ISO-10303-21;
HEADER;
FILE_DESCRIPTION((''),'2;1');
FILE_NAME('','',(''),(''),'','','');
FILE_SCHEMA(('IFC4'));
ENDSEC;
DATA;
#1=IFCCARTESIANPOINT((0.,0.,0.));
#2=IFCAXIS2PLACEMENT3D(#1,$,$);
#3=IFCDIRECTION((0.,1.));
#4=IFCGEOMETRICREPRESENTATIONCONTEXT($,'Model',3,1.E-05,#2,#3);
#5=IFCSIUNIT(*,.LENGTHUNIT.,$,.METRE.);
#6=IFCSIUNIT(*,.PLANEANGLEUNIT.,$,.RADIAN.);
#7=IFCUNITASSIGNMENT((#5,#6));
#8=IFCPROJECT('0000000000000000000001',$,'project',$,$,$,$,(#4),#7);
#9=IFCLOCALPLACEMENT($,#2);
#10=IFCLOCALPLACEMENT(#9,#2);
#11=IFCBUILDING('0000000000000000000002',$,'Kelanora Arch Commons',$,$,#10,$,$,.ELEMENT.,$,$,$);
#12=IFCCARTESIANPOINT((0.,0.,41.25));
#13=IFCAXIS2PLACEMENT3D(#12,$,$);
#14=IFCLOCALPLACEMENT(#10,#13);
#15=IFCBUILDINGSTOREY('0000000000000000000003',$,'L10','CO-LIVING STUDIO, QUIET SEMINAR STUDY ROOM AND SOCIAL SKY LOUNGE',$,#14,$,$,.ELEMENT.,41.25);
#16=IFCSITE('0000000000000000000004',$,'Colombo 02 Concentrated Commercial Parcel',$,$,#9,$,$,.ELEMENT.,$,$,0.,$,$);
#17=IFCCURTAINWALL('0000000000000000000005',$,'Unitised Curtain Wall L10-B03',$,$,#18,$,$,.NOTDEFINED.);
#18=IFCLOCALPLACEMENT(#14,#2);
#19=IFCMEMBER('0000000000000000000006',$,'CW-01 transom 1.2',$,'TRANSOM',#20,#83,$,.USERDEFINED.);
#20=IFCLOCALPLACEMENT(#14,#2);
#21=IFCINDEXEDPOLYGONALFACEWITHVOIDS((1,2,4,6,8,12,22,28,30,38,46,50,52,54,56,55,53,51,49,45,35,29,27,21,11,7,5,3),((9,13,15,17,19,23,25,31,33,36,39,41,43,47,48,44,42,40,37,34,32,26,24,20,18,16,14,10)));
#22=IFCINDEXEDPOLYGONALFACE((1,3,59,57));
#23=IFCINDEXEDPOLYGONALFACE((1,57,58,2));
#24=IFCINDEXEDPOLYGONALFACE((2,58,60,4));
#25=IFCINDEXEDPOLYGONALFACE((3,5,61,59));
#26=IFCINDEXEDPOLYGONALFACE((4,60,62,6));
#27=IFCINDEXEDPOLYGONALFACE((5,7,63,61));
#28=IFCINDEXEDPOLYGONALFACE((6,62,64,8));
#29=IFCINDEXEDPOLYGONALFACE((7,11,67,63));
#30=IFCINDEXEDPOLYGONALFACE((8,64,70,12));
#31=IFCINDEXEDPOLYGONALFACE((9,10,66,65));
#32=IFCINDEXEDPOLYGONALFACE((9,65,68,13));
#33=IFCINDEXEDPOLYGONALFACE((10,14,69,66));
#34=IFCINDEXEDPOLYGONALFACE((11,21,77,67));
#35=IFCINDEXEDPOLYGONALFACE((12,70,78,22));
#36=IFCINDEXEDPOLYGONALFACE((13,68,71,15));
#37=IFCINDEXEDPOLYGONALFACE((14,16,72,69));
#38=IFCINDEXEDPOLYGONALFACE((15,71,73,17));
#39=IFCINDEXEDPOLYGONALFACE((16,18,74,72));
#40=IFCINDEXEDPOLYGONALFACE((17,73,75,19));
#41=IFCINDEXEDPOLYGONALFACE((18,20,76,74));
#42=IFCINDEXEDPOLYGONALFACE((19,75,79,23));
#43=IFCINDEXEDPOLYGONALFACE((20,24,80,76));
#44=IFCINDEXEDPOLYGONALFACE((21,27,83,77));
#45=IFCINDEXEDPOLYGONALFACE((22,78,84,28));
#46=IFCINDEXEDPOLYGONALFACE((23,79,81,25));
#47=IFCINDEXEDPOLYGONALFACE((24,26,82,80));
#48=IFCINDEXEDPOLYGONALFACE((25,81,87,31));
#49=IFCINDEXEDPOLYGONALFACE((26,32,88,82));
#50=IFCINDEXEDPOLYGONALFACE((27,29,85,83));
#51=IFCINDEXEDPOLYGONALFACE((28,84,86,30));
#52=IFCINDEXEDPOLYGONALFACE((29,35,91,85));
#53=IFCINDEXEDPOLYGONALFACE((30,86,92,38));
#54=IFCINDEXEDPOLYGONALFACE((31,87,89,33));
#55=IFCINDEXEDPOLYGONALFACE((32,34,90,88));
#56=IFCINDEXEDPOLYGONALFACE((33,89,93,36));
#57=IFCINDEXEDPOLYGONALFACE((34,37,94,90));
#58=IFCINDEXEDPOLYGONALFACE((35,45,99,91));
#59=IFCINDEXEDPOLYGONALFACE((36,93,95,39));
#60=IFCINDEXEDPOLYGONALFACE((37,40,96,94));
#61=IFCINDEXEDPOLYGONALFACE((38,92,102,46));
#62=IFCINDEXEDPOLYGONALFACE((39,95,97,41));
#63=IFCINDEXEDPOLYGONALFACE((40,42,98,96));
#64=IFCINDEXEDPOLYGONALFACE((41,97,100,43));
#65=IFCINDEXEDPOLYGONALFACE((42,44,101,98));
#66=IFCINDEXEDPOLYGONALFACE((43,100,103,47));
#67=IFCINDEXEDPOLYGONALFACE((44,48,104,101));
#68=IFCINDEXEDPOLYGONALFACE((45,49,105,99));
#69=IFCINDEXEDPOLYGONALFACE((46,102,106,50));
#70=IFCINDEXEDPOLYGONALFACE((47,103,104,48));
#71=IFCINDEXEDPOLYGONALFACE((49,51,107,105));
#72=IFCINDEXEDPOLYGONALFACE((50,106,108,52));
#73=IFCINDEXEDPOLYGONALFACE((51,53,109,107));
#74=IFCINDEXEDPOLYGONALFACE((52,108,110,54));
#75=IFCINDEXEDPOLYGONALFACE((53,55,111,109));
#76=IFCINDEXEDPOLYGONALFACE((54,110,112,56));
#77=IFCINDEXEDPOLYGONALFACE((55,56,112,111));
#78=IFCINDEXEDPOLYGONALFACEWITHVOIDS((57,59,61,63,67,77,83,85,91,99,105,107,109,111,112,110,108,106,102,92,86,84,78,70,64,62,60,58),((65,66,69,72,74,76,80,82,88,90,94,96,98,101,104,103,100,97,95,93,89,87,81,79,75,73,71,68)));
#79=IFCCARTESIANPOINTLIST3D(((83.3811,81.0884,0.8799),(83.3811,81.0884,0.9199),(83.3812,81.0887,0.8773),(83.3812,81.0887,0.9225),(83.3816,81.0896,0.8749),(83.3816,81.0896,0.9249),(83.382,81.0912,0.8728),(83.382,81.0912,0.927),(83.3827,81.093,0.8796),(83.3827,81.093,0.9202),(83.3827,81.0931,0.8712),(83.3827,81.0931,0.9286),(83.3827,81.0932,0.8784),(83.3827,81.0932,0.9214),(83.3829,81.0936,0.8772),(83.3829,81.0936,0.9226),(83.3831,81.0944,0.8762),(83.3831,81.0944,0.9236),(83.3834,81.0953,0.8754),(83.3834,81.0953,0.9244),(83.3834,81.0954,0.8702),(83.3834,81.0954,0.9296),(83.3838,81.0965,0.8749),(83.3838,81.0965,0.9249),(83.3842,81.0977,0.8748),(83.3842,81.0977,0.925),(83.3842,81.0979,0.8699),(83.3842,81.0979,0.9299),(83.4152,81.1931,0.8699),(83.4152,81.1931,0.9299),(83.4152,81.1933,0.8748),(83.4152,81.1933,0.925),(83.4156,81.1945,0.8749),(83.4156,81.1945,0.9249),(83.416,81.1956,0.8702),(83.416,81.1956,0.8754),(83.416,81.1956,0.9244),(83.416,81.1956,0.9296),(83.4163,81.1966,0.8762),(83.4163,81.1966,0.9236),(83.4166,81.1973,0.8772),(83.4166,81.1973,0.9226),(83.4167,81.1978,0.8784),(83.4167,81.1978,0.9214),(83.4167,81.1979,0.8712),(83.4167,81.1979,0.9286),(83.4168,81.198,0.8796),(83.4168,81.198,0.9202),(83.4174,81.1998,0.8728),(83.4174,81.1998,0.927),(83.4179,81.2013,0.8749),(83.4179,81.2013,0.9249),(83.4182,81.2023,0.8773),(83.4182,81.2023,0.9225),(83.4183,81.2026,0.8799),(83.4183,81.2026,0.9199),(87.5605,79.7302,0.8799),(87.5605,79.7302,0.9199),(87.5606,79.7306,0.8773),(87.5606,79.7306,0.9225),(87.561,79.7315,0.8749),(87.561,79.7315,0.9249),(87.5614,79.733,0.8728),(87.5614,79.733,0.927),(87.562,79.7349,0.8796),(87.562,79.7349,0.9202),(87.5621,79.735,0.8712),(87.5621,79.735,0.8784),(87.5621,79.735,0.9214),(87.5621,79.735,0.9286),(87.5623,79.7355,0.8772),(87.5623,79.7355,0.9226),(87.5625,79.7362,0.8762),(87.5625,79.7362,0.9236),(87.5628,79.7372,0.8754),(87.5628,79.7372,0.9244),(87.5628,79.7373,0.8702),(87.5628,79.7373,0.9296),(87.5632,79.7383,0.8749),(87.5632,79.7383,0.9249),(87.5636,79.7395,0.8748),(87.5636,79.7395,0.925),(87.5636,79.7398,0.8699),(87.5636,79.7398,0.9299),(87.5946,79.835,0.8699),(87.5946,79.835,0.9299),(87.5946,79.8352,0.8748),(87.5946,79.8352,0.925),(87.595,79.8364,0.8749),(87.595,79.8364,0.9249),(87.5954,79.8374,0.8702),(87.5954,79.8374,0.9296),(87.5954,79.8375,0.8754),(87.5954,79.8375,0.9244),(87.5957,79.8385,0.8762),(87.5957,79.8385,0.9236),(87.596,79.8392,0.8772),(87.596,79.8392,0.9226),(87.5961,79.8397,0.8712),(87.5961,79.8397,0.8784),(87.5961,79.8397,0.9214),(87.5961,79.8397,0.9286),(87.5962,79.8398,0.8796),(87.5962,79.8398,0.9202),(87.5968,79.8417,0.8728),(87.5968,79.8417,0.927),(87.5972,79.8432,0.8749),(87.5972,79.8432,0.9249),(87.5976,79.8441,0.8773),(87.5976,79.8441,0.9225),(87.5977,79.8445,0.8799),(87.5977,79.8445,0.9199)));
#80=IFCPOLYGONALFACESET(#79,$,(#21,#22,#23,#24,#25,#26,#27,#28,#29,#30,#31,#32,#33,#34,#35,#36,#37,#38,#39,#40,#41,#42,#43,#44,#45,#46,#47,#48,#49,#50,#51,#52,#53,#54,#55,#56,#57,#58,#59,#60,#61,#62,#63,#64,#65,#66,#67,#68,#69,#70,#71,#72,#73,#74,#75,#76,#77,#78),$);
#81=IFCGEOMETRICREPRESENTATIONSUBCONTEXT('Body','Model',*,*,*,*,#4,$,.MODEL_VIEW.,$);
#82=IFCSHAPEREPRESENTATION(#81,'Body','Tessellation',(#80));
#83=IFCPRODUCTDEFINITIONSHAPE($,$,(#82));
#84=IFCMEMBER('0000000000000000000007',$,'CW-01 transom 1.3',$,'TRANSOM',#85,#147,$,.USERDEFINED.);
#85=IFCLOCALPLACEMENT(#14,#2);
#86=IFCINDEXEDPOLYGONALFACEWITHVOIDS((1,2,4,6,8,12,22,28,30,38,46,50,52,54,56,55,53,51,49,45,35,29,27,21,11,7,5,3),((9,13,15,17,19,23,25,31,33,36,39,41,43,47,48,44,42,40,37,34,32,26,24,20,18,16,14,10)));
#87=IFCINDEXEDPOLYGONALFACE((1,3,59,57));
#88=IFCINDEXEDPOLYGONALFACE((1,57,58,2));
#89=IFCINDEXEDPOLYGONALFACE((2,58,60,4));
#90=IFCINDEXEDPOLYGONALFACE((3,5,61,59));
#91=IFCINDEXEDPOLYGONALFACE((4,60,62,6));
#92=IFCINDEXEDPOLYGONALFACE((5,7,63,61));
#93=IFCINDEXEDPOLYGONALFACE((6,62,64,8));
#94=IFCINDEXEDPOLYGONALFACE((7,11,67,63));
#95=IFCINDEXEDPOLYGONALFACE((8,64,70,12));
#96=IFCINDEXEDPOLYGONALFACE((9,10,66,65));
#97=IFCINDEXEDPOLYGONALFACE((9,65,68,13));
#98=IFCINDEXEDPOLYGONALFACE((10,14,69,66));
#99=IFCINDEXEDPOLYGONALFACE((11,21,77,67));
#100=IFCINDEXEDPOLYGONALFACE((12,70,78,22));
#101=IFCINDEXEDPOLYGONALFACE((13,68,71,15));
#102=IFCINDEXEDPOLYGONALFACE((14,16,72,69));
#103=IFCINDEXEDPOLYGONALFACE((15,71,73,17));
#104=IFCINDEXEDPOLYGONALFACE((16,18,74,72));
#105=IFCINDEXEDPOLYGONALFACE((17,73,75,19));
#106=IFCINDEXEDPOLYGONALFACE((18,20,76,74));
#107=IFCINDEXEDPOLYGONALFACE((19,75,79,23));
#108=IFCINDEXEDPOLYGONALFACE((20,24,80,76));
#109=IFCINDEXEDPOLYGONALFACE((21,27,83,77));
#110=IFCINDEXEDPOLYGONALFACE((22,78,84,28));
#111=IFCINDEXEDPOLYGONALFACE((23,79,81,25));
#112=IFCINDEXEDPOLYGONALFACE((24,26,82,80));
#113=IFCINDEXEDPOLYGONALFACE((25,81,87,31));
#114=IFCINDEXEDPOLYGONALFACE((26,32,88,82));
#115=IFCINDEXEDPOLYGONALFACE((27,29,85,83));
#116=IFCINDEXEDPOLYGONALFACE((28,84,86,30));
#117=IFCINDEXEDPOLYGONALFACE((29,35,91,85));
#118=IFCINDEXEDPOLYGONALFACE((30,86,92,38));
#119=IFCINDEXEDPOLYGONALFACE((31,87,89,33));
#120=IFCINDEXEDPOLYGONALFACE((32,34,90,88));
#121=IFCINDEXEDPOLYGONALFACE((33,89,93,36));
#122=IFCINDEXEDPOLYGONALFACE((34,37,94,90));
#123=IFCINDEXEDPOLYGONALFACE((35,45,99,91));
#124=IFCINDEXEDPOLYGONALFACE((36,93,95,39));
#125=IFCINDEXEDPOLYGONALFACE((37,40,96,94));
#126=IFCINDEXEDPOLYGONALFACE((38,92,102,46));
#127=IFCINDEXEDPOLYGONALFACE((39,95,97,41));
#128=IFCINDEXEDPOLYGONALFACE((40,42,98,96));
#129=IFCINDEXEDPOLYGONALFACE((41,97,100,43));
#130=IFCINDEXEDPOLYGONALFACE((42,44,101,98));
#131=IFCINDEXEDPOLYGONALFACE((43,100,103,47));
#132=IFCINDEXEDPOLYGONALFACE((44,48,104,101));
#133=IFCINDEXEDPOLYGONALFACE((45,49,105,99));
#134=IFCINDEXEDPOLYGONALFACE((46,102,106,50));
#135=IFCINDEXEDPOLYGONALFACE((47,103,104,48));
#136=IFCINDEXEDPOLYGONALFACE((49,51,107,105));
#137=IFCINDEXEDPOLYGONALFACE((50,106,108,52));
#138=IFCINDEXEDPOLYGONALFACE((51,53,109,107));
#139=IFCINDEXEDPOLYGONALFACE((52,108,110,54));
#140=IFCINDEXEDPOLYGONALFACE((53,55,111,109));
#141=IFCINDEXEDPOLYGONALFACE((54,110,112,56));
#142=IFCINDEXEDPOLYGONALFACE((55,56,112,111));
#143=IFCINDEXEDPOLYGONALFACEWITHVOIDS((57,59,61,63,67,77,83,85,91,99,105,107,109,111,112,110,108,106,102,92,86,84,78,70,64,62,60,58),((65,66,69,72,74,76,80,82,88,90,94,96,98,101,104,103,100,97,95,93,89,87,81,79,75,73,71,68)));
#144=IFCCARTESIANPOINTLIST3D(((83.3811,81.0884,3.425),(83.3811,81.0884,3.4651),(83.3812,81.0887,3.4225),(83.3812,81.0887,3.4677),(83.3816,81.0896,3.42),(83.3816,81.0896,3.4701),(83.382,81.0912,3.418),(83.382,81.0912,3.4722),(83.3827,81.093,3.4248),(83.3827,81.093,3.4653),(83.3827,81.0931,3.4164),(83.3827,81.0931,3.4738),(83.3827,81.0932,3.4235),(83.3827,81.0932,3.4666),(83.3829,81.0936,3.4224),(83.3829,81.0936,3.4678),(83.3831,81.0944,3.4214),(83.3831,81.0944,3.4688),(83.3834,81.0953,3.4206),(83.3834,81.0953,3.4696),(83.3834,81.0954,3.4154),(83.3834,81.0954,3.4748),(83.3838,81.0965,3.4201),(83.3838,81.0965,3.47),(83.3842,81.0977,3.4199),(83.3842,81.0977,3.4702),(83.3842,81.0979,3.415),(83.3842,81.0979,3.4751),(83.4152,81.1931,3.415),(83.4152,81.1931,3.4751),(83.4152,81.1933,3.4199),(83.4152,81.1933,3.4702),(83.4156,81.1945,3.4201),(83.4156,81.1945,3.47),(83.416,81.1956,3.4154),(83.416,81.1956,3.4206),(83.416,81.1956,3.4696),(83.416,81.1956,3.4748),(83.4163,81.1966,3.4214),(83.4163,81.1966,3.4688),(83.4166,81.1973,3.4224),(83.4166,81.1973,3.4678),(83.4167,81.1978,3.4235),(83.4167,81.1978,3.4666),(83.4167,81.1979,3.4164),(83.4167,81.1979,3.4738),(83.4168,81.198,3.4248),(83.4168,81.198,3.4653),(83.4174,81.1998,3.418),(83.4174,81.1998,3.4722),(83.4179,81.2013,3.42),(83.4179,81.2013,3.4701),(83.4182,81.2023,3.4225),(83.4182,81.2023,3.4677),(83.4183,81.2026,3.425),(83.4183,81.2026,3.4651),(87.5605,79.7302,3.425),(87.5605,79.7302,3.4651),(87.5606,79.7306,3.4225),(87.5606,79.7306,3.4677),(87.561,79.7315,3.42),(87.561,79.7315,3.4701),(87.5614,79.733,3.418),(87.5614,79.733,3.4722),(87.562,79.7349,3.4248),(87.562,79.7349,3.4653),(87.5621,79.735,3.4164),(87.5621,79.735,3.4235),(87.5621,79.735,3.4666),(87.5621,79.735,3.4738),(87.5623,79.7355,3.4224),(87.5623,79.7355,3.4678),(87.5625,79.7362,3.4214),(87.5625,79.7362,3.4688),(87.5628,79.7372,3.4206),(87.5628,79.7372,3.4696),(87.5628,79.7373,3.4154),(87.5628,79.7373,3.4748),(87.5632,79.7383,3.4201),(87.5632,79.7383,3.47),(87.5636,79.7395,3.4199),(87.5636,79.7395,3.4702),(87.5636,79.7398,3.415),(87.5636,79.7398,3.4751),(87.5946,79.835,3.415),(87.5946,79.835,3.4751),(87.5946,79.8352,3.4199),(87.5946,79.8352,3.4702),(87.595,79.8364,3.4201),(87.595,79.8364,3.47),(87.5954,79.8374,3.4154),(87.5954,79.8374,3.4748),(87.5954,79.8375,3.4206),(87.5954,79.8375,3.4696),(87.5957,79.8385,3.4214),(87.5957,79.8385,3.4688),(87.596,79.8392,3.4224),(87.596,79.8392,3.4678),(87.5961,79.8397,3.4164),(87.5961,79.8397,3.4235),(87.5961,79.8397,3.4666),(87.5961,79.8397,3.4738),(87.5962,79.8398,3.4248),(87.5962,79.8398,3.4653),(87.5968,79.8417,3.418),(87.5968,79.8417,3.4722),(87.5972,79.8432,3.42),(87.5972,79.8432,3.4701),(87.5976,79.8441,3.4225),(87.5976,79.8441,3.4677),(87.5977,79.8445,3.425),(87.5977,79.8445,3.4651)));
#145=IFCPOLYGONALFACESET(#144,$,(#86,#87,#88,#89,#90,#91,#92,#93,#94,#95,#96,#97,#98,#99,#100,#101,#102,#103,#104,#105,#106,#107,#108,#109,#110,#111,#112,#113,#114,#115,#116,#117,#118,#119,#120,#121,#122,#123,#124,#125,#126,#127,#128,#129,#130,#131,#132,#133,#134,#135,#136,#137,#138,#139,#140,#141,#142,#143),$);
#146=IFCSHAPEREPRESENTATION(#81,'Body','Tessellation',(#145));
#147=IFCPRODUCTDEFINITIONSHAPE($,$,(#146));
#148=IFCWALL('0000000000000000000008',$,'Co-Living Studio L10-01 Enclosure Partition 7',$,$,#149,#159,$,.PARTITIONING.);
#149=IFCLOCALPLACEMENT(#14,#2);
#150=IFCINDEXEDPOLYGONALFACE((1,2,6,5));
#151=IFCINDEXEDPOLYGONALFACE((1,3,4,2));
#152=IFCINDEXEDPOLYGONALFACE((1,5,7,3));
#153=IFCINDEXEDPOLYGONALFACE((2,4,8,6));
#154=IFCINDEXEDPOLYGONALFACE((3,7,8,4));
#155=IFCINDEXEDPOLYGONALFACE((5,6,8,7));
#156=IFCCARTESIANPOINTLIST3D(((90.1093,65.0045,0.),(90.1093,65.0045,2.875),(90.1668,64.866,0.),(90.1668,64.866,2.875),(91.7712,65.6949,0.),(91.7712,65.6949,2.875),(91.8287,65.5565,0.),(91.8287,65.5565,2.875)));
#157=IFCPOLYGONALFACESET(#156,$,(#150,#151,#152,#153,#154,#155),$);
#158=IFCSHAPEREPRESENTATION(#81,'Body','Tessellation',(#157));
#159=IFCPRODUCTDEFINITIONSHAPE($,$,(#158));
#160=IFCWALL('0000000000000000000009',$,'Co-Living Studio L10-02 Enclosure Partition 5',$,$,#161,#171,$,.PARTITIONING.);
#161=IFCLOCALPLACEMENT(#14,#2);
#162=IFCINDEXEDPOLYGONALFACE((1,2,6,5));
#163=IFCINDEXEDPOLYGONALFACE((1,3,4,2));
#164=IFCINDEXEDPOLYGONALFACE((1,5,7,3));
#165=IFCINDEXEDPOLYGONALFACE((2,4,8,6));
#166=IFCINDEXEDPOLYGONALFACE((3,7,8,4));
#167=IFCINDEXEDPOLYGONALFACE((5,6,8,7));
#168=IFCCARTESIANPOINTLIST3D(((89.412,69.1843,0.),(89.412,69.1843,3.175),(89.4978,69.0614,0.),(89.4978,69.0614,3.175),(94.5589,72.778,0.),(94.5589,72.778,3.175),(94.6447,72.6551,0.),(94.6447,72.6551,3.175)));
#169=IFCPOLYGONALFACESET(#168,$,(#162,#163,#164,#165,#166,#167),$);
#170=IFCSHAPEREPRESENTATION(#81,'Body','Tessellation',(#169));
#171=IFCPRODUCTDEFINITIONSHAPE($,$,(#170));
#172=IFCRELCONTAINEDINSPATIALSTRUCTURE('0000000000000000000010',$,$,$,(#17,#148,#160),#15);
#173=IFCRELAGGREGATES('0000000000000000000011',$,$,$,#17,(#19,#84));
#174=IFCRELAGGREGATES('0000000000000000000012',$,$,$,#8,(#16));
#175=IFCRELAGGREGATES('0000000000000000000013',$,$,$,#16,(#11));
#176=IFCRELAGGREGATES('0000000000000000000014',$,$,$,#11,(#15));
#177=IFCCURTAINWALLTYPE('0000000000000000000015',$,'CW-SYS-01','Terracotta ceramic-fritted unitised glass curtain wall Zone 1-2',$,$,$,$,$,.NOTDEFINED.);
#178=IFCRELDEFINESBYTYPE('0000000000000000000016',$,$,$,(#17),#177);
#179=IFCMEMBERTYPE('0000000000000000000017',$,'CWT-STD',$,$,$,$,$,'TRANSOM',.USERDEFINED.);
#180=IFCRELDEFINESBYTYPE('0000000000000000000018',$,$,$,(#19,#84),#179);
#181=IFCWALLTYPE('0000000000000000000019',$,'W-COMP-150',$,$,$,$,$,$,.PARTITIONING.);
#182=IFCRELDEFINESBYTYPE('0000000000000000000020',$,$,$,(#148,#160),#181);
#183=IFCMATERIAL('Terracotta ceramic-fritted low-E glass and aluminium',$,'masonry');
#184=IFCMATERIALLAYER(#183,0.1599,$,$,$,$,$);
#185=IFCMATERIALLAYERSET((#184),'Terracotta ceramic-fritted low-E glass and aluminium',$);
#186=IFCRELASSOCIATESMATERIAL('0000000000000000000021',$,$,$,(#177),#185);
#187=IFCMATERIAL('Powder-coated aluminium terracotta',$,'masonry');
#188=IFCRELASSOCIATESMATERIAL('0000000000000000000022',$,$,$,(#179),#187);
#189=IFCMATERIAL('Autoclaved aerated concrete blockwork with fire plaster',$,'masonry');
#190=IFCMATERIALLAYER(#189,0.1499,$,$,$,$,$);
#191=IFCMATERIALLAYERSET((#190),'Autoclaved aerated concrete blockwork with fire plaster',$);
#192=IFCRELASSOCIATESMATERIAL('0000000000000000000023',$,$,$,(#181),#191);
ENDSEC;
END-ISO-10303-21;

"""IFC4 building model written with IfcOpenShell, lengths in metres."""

from ifc_helpers import new_model, si_unit, direction, frame, frame_2d, origin, origin_2d, place, context, subcontext, project, spatial, rectangle, hollow_rectangle, extrude, material, layer, layer_set, material_profile, profile_set, type_object, element, aggregate, save


model = new_model("IFC4")

# Units and contexts
model_context = context("Model", 3, precision=1e-05, world=origin(), true_north=direction((0.0, 1.0)))
body_context = subcontext(model_context, "Body", "Model", "MODEL_VIEW")
ifc_project = project(units=[si_unit("LENGTHUNIT", "METRE"), si_unit("PLANEANGLEUNIT", "RADIAN")], contexts=[model_context])

# Site, building, storey
site_placement = place(None, origin())
site = spatial("IfcSite", under=ifc_project, at=site_placement, Name="Colombo 02 Concentrated Commercial Parcel", CompositionType="ELEMENT", RefElevation=0.0)
building_placement = place(site_placement, origin())
building = spatial("IfcBuilding", under=site, at=building_placement, Name="Kelanora Arch Commons", CompositionType="ELEMENT")
storey_placement = place(building_placement, frame((0.0, 0.0, 41.25)))
storey = spatial("IfcBuildingStorey", under=building, at=storey_placement, Name="L10", Description="CO-LIVING STUDIO, QUIET SEMINAR STUDY ROOM AND SOCIAL SKY LOUNGE", CompositionType="ELEMENT", Elevation=41.25)

# Shared definitions
ifc_material_1 = material(Name="Terracotta ceramic-fritted low-E glass and aluminium", Category="masonry")
ifc_layer_1 = layer(ifc_material_1, 0.1599)
ifc_layer_set_1 = layer_set([ifc_layer_1], Name="Terracotta ceramic-fritted low-E glass and aluminium")
curtain_wall_type = type_object("IfcCurtainWallType", Name="CW-SYS-01", Description="Terracotta ceramic-fritted unitised glass curtain wall Zone 1-2", PredefinedType="NOTDEFINED", material=ifc_layer_set_1)
ifc_material_2 = material(Name="Powder-coated aluminium terracotta", Category="masonry")

# Curtain wall, members
curtain_wall_1_placement = place(storey_placement, origin())
curtain_wall_1 = element("IfcCurtainWall", 1, at=curtain_wall_1_placement, inside=storey, type_object=curtain_wall_type, Name="Unitised Curtain Wall L10-B03", PredefinedType="NOTDEFINED")
ifc_material_profile_1 = material_profile(ifc_material_2, hollow_rectangle(XDim=0.1201, YDim=0.0601, WallThickness=0.0049, InnerFilletRadius=0.0049, OuterFilletRadius=0.01, at=origin_2d()), Name="CWT120x60")
ifc_profile_set_1 = profile_set([ifc_material_profile_1], Name="Powder-coated aluminium terracotta")
member_type_1 = type_object("IfcMemberType", Name="CWT-STD", ElementType="TRANSOM", PredefinedType="USERDEFINED", material=ifc_profile_set_1)
member_1_placement = place(storey_placement, frame((87.5791, 79.7874, 0.8999), z_axis=(-0.951045, 0.309052, 0.0), x_axis=(-0.309052, -0.951045, 0.0)))
member_1 = element("IfcMember", 2, at=member_1_placement, type_object=member_type_1, Name="CW-01 transom 1.2", ObjectType="TRANSOM", PredefinedType="USERDEFINED", context=body_context, shape_type="SweptSolid", body=[
    extrude(hollow_rectangle(XDim=0.1201, YDim=0.0601, WallThickness=0.0049, InnerFilletRadius=0.0049, OuterFilletRadius=0.01, at=origin_2d()), origin(), (0.0, 0.0, 1.0), 4.3945),
])
member_2_placement = place(storey_placement, frame((87.5791, 79.7874, 3.4451), z_axis=(-0.951045, 0.309052, 0.0), x_axis=(-0.309052, -0.951045, 0.0)))
member_2 = element("IfcMember", 3, at=member_2_placement, type_object=member_type_1, Name="CW-01 transom 1.3", ObjectType="TRANSOM", PredefinedType="USERDEFINED", context=body_context, shape_type="SweptSolid", body=[
    extrude(hollow_rectangle(XDim=0.1201, YDim=0.0601, WallThickness=0.0049, InnerFilletRadius=0.0049, OuterFilletRadius=0.01, at=origin_2d()), origin(), (0.0, 0.0, 1.0), 4.3945),
])
aggregate(curtain_wall_1, [member_1, member_2])

# Walls
ifc_material_3 = material(Name="Autoclaved aerated concrete blockwork with fire plaster", Category="masonry")
ifc_layer_2 = layer(ifc_material_3, 0.1499)
ifc_layer_set_2 = layer_set([ifc_layer_2], Name="Autoclaved aerated concrete blockwork with fire plaster")
wall_type_1 = type_object("IfcWallType", Name="W-COMP-150", PredefinedType="PARTITIONING", material=ifc_layer_set_2)
wall_1_placement = place(storey_placement, frame((91.8, 65.6257, 0.0), z_axis=(0.0, 0.0, 1.0), x_axis=(-0.923474, -0.383662, 0.0)))
element("IfcWall", 4, at=wall_1_placement, inside=storey, type_object=wall_type_1, Name="Co-Living Studio L10-01 Enclosure Partition 7", PredefinedType="PARTITIONING", context=body_context, shape_type="SweptSolid", body=[
    extrude(rectangle(XDim=1.7996, YDim=0.1499, at=frame_2d((0.8999, 0.0))), origin(), (0.0, 0.0, 1.0), 2.875),
])
wall_2_placement = place(storey_placement, frame((94.6018, 72.7166, 0.0), z_axis=(0.0, 0.0, 1.0), x_axis=(-0.819915, -0.572486, 0.0)))
element("IfcWall", 5, at=wall_2_placement, inside=storey, type_object=wall_type_1, Name="Co-Living Studio L10-02 Enclosure Partition 5", PredefinedType="PARTITIONING", context=body_context, shape_type="SweptSolid", body=[
    extrude(rectangle(XDim=6.2773, YDim=0.1499, at=frame_2d((3.1387, 0.0))), origin(), (0.0, 0.0, 1.0), 3.175),
])

save(model, "model.ifc")
